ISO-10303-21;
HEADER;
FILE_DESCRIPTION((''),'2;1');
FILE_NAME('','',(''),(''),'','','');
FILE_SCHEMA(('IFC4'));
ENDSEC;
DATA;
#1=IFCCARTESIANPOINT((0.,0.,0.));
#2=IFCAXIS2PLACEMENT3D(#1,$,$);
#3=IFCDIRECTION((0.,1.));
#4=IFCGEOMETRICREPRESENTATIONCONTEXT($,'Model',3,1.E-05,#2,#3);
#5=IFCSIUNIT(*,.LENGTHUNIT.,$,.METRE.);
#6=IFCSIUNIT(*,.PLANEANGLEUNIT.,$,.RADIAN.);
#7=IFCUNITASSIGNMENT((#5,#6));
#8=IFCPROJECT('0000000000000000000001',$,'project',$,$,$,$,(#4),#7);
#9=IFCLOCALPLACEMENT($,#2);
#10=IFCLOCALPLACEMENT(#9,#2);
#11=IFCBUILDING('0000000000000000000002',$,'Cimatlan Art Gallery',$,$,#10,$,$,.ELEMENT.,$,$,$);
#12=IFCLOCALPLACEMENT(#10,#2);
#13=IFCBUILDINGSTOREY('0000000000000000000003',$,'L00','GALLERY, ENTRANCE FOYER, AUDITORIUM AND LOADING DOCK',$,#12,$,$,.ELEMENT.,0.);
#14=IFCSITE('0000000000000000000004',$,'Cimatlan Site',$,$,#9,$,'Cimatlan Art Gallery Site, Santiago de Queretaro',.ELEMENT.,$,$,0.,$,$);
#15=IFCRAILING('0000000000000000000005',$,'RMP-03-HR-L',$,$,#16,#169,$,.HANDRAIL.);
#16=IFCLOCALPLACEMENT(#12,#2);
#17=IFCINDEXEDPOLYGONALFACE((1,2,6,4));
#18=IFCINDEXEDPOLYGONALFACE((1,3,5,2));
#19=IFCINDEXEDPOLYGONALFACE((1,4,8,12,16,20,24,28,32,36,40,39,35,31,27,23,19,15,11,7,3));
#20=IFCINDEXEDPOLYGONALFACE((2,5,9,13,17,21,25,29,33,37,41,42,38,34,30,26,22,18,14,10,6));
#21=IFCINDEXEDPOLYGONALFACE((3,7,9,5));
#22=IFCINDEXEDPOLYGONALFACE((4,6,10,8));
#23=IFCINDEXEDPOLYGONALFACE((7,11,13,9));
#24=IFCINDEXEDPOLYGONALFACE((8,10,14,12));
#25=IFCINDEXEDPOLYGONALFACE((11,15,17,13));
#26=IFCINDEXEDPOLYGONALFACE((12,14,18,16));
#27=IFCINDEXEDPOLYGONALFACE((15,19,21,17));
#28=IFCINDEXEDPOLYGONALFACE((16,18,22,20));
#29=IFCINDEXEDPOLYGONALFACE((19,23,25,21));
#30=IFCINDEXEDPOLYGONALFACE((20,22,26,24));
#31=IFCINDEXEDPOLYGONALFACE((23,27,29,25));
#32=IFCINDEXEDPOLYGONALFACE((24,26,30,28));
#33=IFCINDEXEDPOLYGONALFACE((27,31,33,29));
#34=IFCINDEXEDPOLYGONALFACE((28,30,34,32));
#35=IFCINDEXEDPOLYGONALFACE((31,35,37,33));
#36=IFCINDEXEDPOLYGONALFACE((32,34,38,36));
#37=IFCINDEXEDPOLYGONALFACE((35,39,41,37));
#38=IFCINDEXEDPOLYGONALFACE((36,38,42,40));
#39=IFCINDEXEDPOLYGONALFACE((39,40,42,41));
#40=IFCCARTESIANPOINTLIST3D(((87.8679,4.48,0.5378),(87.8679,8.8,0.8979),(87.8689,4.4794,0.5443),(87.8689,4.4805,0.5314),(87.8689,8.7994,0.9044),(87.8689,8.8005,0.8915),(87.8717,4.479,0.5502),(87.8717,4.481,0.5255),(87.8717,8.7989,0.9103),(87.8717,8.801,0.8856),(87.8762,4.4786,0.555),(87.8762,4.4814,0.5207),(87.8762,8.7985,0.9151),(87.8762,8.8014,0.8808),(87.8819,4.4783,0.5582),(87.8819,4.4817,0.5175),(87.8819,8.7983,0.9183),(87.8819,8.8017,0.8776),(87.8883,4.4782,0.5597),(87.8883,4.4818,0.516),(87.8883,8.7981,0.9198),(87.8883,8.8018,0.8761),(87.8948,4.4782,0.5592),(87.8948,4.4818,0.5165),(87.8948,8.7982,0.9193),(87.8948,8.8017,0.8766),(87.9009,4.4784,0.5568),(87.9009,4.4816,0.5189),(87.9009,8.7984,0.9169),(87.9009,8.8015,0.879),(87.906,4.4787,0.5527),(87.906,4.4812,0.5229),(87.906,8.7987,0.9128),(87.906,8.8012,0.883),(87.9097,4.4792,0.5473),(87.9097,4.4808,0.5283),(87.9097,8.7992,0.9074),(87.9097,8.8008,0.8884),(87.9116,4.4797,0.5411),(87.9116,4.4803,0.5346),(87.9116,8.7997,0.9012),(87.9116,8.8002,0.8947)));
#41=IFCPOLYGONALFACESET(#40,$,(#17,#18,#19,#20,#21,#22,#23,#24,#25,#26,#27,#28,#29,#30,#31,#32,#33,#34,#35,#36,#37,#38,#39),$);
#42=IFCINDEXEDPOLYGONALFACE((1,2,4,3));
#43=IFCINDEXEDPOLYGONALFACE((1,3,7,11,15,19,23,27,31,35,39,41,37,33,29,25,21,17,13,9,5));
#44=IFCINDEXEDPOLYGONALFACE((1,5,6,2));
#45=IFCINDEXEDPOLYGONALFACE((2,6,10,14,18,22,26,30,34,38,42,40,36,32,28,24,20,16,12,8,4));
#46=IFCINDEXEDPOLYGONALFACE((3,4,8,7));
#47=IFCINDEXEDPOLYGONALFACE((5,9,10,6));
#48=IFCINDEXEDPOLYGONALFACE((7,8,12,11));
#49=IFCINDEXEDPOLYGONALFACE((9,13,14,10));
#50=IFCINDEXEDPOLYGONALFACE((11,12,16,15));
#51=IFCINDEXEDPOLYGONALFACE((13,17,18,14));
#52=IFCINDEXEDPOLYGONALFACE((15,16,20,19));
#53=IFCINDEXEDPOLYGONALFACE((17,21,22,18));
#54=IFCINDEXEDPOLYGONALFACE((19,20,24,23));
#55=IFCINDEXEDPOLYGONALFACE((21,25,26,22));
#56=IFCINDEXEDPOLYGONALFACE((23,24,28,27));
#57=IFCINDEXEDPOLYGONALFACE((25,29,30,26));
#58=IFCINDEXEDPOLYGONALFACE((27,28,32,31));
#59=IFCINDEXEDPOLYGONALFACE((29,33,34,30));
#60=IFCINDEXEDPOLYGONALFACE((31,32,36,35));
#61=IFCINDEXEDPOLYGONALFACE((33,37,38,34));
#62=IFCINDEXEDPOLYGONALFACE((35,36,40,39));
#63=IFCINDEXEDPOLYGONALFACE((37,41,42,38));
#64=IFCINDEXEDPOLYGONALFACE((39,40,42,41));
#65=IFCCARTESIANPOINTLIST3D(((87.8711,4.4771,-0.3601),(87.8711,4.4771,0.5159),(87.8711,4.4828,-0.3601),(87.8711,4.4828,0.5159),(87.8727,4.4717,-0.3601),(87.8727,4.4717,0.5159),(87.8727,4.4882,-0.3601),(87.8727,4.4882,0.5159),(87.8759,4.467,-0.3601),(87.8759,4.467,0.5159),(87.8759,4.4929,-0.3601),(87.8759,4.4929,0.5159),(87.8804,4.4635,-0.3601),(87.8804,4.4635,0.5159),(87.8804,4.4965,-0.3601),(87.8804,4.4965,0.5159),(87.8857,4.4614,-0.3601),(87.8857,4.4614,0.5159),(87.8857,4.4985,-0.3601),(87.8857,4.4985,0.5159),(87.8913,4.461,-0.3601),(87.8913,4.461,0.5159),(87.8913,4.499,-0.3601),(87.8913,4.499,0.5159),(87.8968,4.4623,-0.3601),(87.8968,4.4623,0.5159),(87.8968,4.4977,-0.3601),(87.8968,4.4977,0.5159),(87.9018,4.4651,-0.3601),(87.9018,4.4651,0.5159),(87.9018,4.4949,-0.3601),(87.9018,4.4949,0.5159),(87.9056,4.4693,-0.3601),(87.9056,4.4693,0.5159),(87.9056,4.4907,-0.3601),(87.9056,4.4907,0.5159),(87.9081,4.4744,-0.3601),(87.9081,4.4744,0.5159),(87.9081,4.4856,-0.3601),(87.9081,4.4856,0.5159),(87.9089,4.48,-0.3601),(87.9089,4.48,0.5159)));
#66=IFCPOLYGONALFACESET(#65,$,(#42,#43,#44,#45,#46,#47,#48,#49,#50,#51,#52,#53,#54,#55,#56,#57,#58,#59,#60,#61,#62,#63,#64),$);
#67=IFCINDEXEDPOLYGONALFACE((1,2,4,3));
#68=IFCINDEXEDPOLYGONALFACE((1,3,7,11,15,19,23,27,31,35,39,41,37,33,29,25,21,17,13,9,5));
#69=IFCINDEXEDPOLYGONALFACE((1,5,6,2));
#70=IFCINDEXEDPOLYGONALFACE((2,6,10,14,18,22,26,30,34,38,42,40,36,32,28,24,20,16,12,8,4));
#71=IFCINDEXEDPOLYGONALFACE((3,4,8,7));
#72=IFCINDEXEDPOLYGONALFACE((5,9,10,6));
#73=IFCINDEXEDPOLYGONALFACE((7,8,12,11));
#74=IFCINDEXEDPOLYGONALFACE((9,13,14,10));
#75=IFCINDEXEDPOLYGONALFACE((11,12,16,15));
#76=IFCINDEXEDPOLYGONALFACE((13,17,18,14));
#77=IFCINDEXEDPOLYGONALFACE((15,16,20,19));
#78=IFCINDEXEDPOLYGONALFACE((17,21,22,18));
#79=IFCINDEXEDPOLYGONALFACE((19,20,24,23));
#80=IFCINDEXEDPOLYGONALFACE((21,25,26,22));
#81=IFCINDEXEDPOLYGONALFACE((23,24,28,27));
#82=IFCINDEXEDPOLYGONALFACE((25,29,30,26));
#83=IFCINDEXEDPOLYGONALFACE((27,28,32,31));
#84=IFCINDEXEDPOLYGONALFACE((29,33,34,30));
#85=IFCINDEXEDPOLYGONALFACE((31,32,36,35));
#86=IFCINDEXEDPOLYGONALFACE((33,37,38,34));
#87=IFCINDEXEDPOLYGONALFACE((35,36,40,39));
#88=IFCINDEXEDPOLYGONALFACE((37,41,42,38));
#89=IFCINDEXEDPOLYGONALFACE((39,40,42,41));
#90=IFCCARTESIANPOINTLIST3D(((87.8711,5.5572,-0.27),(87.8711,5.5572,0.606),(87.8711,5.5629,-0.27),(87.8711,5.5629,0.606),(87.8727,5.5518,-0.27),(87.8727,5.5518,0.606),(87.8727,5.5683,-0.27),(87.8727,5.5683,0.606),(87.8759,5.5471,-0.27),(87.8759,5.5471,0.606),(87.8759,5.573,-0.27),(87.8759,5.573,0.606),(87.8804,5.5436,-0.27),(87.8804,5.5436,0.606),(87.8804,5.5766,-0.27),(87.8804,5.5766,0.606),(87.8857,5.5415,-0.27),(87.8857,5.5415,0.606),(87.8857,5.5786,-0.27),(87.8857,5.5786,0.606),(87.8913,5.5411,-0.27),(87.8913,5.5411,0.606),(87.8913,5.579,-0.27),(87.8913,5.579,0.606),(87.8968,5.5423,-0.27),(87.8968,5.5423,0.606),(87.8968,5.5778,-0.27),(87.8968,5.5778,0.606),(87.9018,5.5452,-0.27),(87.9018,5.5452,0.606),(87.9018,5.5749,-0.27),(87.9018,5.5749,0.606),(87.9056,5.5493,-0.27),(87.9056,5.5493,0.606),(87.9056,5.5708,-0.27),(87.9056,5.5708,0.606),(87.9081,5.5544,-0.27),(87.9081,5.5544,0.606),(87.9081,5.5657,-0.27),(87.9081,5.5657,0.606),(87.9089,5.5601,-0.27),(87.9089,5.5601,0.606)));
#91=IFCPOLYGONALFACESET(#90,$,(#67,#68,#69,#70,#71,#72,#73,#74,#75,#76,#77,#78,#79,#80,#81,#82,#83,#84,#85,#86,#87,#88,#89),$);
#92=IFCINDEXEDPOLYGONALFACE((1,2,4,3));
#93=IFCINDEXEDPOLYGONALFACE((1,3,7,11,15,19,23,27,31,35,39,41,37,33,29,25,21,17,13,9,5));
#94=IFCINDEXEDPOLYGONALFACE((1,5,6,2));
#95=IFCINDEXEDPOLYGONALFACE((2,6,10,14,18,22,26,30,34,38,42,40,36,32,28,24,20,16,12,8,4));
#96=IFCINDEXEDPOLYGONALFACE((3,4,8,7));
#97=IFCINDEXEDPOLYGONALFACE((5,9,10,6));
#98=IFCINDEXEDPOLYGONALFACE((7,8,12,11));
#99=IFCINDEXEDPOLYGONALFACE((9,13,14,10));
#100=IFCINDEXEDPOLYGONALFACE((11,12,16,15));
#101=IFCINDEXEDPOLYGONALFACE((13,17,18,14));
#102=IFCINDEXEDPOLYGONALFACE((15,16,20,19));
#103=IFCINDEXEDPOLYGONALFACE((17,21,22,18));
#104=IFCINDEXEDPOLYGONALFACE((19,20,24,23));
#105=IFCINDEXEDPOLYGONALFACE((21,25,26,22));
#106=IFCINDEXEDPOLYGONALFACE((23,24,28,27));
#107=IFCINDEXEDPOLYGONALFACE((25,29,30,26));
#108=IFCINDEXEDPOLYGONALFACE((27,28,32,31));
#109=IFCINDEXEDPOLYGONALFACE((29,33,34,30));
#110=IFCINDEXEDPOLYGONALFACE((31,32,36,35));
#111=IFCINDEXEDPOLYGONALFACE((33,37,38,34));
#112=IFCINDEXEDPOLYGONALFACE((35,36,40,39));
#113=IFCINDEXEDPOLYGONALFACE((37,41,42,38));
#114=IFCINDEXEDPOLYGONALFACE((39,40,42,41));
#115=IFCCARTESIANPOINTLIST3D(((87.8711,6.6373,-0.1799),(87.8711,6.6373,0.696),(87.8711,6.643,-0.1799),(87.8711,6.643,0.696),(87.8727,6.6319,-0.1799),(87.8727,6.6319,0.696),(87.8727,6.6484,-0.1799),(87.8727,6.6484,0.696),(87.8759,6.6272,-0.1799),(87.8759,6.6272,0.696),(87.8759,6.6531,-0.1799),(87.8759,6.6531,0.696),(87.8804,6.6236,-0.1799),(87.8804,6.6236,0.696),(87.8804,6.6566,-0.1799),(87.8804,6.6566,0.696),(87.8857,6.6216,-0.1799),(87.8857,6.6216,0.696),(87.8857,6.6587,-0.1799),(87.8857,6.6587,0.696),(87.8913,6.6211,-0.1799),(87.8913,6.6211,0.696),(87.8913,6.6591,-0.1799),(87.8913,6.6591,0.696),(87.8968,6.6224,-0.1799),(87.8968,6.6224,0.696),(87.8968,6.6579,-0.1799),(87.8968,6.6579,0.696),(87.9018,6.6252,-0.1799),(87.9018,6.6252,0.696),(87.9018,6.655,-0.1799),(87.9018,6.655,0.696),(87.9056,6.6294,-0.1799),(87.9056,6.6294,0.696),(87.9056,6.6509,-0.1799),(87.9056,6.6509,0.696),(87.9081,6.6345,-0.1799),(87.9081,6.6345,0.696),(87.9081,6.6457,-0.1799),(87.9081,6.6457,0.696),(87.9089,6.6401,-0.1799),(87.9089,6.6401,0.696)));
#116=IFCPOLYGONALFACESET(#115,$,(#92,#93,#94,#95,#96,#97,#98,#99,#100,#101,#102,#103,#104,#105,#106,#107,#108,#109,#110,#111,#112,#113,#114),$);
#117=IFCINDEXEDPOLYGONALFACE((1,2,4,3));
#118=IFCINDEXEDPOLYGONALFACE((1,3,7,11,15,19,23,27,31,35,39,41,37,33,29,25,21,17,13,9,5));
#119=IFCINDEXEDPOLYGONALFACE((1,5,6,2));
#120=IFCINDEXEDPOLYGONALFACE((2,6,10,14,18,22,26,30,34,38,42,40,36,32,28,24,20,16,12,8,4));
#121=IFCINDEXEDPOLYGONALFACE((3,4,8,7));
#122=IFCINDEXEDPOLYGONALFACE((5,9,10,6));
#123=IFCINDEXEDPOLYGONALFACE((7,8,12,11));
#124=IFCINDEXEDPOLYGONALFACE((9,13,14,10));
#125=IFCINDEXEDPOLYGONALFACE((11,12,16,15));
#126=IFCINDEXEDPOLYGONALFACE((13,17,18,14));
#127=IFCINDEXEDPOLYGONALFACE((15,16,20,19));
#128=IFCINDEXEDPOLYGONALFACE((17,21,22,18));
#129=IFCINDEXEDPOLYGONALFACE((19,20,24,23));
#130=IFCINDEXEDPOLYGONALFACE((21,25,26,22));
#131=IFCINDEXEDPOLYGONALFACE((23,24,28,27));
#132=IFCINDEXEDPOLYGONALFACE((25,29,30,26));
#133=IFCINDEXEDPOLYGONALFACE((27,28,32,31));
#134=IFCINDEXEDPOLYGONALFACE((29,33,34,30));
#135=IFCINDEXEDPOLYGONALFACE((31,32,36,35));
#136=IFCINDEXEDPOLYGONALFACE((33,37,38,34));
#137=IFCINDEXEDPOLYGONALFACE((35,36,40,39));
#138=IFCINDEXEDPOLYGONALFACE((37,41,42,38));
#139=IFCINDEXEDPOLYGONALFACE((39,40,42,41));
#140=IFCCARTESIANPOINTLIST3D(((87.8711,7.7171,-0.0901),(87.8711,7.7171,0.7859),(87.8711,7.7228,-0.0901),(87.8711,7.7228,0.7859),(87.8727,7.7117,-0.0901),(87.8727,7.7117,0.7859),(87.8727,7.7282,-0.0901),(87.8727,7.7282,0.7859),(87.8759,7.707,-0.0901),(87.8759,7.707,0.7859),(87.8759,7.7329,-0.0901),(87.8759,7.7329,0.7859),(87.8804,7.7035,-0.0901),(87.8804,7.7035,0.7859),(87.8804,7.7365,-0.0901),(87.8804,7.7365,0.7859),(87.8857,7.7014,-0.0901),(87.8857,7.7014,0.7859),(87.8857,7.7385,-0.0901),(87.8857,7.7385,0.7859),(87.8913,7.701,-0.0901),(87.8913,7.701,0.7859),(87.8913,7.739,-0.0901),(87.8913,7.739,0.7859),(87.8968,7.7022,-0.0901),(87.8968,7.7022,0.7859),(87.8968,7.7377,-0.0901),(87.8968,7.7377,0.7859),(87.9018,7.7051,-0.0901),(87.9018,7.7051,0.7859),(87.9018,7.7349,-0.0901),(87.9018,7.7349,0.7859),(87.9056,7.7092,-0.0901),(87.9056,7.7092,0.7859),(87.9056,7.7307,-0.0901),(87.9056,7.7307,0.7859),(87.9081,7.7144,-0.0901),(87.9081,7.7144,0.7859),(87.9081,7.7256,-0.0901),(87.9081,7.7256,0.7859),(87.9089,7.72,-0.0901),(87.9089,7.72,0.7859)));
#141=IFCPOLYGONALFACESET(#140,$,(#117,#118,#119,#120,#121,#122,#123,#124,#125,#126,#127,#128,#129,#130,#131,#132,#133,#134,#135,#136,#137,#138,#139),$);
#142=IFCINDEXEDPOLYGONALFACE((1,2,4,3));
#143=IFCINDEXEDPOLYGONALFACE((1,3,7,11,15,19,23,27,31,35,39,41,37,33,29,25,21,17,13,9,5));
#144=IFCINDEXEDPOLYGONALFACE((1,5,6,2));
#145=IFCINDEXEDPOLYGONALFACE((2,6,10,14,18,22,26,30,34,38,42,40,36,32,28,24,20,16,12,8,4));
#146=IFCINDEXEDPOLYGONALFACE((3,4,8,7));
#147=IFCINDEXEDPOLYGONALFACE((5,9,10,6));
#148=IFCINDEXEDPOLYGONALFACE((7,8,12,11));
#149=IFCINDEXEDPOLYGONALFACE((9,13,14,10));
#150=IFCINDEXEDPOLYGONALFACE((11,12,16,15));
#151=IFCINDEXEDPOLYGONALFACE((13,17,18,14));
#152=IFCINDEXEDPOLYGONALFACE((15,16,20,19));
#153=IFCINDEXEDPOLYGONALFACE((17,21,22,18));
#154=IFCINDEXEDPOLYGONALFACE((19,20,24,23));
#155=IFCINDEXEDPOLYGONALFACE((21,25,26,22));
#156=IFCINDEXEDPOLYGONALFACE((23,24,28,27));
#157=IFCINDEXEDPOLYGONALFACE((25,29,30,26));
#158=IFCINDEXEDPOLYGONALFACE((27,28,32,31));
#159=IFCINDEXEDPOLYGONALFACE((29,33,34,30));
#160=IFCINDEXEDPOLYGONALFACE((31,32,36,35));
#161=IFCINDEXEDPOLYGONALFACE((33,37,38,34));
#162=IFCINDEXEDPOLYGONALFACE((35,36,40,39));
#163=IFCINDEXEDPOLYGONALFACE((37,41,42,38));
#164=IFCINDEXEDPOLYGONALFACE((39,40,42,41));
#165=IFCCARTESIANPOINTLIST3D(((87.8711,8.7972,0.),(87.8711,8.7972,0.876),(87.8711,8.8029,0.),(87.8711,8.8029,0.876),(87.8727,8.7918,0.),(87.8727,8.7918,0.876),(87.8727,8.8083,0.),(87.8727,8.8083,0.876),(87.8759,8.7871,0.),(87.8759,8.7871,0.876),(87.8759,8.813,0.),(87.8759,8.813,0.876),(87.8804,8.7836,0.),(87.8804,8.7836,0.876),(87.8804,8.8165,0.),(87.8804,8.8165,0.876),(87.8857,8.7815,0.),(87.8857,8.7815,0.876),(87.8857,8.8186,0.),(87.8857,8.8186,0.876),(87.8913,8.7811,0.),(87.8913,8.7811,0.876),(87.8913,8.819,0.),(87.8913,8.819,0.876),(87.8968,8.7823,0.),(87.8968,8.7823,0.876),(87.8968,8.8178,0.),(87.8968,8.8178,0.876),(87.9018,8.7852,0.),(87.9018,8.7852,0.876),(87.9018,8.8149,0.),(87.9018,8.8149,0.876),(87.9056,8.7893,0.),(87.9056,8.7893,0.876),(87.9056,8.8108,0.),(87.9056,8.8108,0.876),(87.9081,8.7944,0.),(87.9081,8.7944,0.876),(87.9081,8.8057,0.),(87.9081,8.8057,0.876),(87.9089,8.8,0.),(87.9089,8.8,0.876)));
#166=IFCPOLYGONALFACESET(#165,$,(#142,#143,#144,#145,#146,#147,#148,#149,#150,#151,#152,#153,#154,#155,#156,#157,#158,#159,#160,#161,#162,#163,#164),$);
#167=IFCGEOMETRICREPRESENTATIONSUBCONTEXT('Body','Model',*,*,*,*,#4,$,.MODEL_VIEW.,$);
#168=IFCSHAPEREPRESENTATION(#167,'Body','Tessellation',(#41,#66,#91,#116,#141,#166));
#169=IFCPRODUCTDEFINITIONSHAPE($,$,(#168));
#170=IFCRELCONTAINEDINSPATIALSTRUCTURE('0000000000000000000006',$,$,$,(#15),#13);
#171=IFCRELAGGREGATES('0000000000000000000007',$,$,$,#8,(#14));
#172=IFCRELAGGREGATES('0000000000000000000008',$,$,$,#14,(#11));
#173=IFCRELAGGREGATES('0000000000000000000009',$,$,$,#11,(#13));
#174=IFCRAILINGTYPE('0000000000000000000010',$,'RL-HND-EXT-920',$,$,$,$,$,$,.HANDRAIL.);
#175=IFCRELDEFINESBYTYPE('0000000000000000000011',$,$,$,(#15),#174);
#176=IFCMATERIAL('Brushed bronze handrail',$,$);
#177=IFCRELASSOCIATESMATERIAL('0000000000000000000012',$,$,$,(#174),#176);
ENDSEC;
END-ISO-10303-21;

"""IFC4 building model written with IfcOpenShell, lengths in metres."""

from ifc_helpers import new_model, si_unit, direction, frame, origin, origin_2d, place, context, subcontext, project, spatial, circle, extrude, material, type_object, element, save


model = new_model("IFC4")

# Units and contexts
model_context = context("Model", 3, precision=1e-05, world=origin(), true_north=direction((0.0, 1.0)))
body_context = subcontext(model_context, "Body", "Model", "MODEL_VIEW")
ifc_project = project(units=[si_unit("LENGTHUNIT", "METRE"), si_unit("PLANEANGLEUNIT", "RADIAN")], contexts=[model_context])

# Site, building, storey
site_placement = place(None, origin())
site = spatial("IfcSite", under=ifc_project, at=site_placement, Name="Cimatlan Site", LongName="Cimatlan Art Gallery Site, Santiago de Queretaro", CompositionType="ELEMENT", RefElevation=0.0)
building_placement = place(site_placement, origin())
building = spatial("IfcBuilding", under=site, at=building_placement, Name="Cimatlan Art Gallery", CompositionType="ELEMENT")
storey_placement = place(building_placement, origin())
storey = spatial("IfcBuildingStorey", under=building, at=storey_placement, Name="L00", Description="GALLERY, ENTRANCE FOYER, AUDITORIUM AND LOADING DOCK", CompositionType="ELEMENT", Elevation=0.0)

# Railing
ifc_material_1 = material(Name="Brushed bronze handrail")
railing_type = type_object("IfcRailingType", Name="RL-HND-EXT-920", PredefinedType="HANDRAIL", material=ifc_material_1)
for number, where, name in (
    (1, (87.8899, 4.48, -0.3601), "RMP-03-HR-L"),
):
    element("IfcRailing", number, at=place(storey_placement, frame(where)), inside=storey, type_object=railing_type, Name=name, PredefinedType="HANDRAIL", context=body_context, shape_type="SweptSolid", body=[
        extrude(circle(Radius=0.022, at=origin_2d()), frame((0.0, 0.0, 0.8979), z_axis=(0.0, 0.996544, 0.083069), x_axis=(-1.0, 0.0, 0.0)), (0.0, 0.0, 1.0), 4.335),
        extrude(circle(Radius=0.019, at=origin_2d()), origin(), (0.0, 0.0, 1.0), 0.876),
        extrude(circle(Radius=0.019, at=origin_2d()), frame((0.0, 1.0801, 0.0901)), (0.0, 0.0, 1.0), 0.876),
        extrude(circle(Radius=0.019, at=origin_2d()), frame((0.0, 2.1602, 0.1802)), (0.0, 0.0, 1.0), 0.876),
        extrude(circle(Radius=0.019, at=origin_2d()), frame((0.0, 3.24, 0.27)), (0.0, 0.0, 1.0), 0.876),
        extrude(circle(Radius=0.019, at=origin_2d()), frame((0.0, 4.3201, 0.3601)), (0.0, 0.0, 1.0), 0.876),
    ])

save(model, "model.ifc")
